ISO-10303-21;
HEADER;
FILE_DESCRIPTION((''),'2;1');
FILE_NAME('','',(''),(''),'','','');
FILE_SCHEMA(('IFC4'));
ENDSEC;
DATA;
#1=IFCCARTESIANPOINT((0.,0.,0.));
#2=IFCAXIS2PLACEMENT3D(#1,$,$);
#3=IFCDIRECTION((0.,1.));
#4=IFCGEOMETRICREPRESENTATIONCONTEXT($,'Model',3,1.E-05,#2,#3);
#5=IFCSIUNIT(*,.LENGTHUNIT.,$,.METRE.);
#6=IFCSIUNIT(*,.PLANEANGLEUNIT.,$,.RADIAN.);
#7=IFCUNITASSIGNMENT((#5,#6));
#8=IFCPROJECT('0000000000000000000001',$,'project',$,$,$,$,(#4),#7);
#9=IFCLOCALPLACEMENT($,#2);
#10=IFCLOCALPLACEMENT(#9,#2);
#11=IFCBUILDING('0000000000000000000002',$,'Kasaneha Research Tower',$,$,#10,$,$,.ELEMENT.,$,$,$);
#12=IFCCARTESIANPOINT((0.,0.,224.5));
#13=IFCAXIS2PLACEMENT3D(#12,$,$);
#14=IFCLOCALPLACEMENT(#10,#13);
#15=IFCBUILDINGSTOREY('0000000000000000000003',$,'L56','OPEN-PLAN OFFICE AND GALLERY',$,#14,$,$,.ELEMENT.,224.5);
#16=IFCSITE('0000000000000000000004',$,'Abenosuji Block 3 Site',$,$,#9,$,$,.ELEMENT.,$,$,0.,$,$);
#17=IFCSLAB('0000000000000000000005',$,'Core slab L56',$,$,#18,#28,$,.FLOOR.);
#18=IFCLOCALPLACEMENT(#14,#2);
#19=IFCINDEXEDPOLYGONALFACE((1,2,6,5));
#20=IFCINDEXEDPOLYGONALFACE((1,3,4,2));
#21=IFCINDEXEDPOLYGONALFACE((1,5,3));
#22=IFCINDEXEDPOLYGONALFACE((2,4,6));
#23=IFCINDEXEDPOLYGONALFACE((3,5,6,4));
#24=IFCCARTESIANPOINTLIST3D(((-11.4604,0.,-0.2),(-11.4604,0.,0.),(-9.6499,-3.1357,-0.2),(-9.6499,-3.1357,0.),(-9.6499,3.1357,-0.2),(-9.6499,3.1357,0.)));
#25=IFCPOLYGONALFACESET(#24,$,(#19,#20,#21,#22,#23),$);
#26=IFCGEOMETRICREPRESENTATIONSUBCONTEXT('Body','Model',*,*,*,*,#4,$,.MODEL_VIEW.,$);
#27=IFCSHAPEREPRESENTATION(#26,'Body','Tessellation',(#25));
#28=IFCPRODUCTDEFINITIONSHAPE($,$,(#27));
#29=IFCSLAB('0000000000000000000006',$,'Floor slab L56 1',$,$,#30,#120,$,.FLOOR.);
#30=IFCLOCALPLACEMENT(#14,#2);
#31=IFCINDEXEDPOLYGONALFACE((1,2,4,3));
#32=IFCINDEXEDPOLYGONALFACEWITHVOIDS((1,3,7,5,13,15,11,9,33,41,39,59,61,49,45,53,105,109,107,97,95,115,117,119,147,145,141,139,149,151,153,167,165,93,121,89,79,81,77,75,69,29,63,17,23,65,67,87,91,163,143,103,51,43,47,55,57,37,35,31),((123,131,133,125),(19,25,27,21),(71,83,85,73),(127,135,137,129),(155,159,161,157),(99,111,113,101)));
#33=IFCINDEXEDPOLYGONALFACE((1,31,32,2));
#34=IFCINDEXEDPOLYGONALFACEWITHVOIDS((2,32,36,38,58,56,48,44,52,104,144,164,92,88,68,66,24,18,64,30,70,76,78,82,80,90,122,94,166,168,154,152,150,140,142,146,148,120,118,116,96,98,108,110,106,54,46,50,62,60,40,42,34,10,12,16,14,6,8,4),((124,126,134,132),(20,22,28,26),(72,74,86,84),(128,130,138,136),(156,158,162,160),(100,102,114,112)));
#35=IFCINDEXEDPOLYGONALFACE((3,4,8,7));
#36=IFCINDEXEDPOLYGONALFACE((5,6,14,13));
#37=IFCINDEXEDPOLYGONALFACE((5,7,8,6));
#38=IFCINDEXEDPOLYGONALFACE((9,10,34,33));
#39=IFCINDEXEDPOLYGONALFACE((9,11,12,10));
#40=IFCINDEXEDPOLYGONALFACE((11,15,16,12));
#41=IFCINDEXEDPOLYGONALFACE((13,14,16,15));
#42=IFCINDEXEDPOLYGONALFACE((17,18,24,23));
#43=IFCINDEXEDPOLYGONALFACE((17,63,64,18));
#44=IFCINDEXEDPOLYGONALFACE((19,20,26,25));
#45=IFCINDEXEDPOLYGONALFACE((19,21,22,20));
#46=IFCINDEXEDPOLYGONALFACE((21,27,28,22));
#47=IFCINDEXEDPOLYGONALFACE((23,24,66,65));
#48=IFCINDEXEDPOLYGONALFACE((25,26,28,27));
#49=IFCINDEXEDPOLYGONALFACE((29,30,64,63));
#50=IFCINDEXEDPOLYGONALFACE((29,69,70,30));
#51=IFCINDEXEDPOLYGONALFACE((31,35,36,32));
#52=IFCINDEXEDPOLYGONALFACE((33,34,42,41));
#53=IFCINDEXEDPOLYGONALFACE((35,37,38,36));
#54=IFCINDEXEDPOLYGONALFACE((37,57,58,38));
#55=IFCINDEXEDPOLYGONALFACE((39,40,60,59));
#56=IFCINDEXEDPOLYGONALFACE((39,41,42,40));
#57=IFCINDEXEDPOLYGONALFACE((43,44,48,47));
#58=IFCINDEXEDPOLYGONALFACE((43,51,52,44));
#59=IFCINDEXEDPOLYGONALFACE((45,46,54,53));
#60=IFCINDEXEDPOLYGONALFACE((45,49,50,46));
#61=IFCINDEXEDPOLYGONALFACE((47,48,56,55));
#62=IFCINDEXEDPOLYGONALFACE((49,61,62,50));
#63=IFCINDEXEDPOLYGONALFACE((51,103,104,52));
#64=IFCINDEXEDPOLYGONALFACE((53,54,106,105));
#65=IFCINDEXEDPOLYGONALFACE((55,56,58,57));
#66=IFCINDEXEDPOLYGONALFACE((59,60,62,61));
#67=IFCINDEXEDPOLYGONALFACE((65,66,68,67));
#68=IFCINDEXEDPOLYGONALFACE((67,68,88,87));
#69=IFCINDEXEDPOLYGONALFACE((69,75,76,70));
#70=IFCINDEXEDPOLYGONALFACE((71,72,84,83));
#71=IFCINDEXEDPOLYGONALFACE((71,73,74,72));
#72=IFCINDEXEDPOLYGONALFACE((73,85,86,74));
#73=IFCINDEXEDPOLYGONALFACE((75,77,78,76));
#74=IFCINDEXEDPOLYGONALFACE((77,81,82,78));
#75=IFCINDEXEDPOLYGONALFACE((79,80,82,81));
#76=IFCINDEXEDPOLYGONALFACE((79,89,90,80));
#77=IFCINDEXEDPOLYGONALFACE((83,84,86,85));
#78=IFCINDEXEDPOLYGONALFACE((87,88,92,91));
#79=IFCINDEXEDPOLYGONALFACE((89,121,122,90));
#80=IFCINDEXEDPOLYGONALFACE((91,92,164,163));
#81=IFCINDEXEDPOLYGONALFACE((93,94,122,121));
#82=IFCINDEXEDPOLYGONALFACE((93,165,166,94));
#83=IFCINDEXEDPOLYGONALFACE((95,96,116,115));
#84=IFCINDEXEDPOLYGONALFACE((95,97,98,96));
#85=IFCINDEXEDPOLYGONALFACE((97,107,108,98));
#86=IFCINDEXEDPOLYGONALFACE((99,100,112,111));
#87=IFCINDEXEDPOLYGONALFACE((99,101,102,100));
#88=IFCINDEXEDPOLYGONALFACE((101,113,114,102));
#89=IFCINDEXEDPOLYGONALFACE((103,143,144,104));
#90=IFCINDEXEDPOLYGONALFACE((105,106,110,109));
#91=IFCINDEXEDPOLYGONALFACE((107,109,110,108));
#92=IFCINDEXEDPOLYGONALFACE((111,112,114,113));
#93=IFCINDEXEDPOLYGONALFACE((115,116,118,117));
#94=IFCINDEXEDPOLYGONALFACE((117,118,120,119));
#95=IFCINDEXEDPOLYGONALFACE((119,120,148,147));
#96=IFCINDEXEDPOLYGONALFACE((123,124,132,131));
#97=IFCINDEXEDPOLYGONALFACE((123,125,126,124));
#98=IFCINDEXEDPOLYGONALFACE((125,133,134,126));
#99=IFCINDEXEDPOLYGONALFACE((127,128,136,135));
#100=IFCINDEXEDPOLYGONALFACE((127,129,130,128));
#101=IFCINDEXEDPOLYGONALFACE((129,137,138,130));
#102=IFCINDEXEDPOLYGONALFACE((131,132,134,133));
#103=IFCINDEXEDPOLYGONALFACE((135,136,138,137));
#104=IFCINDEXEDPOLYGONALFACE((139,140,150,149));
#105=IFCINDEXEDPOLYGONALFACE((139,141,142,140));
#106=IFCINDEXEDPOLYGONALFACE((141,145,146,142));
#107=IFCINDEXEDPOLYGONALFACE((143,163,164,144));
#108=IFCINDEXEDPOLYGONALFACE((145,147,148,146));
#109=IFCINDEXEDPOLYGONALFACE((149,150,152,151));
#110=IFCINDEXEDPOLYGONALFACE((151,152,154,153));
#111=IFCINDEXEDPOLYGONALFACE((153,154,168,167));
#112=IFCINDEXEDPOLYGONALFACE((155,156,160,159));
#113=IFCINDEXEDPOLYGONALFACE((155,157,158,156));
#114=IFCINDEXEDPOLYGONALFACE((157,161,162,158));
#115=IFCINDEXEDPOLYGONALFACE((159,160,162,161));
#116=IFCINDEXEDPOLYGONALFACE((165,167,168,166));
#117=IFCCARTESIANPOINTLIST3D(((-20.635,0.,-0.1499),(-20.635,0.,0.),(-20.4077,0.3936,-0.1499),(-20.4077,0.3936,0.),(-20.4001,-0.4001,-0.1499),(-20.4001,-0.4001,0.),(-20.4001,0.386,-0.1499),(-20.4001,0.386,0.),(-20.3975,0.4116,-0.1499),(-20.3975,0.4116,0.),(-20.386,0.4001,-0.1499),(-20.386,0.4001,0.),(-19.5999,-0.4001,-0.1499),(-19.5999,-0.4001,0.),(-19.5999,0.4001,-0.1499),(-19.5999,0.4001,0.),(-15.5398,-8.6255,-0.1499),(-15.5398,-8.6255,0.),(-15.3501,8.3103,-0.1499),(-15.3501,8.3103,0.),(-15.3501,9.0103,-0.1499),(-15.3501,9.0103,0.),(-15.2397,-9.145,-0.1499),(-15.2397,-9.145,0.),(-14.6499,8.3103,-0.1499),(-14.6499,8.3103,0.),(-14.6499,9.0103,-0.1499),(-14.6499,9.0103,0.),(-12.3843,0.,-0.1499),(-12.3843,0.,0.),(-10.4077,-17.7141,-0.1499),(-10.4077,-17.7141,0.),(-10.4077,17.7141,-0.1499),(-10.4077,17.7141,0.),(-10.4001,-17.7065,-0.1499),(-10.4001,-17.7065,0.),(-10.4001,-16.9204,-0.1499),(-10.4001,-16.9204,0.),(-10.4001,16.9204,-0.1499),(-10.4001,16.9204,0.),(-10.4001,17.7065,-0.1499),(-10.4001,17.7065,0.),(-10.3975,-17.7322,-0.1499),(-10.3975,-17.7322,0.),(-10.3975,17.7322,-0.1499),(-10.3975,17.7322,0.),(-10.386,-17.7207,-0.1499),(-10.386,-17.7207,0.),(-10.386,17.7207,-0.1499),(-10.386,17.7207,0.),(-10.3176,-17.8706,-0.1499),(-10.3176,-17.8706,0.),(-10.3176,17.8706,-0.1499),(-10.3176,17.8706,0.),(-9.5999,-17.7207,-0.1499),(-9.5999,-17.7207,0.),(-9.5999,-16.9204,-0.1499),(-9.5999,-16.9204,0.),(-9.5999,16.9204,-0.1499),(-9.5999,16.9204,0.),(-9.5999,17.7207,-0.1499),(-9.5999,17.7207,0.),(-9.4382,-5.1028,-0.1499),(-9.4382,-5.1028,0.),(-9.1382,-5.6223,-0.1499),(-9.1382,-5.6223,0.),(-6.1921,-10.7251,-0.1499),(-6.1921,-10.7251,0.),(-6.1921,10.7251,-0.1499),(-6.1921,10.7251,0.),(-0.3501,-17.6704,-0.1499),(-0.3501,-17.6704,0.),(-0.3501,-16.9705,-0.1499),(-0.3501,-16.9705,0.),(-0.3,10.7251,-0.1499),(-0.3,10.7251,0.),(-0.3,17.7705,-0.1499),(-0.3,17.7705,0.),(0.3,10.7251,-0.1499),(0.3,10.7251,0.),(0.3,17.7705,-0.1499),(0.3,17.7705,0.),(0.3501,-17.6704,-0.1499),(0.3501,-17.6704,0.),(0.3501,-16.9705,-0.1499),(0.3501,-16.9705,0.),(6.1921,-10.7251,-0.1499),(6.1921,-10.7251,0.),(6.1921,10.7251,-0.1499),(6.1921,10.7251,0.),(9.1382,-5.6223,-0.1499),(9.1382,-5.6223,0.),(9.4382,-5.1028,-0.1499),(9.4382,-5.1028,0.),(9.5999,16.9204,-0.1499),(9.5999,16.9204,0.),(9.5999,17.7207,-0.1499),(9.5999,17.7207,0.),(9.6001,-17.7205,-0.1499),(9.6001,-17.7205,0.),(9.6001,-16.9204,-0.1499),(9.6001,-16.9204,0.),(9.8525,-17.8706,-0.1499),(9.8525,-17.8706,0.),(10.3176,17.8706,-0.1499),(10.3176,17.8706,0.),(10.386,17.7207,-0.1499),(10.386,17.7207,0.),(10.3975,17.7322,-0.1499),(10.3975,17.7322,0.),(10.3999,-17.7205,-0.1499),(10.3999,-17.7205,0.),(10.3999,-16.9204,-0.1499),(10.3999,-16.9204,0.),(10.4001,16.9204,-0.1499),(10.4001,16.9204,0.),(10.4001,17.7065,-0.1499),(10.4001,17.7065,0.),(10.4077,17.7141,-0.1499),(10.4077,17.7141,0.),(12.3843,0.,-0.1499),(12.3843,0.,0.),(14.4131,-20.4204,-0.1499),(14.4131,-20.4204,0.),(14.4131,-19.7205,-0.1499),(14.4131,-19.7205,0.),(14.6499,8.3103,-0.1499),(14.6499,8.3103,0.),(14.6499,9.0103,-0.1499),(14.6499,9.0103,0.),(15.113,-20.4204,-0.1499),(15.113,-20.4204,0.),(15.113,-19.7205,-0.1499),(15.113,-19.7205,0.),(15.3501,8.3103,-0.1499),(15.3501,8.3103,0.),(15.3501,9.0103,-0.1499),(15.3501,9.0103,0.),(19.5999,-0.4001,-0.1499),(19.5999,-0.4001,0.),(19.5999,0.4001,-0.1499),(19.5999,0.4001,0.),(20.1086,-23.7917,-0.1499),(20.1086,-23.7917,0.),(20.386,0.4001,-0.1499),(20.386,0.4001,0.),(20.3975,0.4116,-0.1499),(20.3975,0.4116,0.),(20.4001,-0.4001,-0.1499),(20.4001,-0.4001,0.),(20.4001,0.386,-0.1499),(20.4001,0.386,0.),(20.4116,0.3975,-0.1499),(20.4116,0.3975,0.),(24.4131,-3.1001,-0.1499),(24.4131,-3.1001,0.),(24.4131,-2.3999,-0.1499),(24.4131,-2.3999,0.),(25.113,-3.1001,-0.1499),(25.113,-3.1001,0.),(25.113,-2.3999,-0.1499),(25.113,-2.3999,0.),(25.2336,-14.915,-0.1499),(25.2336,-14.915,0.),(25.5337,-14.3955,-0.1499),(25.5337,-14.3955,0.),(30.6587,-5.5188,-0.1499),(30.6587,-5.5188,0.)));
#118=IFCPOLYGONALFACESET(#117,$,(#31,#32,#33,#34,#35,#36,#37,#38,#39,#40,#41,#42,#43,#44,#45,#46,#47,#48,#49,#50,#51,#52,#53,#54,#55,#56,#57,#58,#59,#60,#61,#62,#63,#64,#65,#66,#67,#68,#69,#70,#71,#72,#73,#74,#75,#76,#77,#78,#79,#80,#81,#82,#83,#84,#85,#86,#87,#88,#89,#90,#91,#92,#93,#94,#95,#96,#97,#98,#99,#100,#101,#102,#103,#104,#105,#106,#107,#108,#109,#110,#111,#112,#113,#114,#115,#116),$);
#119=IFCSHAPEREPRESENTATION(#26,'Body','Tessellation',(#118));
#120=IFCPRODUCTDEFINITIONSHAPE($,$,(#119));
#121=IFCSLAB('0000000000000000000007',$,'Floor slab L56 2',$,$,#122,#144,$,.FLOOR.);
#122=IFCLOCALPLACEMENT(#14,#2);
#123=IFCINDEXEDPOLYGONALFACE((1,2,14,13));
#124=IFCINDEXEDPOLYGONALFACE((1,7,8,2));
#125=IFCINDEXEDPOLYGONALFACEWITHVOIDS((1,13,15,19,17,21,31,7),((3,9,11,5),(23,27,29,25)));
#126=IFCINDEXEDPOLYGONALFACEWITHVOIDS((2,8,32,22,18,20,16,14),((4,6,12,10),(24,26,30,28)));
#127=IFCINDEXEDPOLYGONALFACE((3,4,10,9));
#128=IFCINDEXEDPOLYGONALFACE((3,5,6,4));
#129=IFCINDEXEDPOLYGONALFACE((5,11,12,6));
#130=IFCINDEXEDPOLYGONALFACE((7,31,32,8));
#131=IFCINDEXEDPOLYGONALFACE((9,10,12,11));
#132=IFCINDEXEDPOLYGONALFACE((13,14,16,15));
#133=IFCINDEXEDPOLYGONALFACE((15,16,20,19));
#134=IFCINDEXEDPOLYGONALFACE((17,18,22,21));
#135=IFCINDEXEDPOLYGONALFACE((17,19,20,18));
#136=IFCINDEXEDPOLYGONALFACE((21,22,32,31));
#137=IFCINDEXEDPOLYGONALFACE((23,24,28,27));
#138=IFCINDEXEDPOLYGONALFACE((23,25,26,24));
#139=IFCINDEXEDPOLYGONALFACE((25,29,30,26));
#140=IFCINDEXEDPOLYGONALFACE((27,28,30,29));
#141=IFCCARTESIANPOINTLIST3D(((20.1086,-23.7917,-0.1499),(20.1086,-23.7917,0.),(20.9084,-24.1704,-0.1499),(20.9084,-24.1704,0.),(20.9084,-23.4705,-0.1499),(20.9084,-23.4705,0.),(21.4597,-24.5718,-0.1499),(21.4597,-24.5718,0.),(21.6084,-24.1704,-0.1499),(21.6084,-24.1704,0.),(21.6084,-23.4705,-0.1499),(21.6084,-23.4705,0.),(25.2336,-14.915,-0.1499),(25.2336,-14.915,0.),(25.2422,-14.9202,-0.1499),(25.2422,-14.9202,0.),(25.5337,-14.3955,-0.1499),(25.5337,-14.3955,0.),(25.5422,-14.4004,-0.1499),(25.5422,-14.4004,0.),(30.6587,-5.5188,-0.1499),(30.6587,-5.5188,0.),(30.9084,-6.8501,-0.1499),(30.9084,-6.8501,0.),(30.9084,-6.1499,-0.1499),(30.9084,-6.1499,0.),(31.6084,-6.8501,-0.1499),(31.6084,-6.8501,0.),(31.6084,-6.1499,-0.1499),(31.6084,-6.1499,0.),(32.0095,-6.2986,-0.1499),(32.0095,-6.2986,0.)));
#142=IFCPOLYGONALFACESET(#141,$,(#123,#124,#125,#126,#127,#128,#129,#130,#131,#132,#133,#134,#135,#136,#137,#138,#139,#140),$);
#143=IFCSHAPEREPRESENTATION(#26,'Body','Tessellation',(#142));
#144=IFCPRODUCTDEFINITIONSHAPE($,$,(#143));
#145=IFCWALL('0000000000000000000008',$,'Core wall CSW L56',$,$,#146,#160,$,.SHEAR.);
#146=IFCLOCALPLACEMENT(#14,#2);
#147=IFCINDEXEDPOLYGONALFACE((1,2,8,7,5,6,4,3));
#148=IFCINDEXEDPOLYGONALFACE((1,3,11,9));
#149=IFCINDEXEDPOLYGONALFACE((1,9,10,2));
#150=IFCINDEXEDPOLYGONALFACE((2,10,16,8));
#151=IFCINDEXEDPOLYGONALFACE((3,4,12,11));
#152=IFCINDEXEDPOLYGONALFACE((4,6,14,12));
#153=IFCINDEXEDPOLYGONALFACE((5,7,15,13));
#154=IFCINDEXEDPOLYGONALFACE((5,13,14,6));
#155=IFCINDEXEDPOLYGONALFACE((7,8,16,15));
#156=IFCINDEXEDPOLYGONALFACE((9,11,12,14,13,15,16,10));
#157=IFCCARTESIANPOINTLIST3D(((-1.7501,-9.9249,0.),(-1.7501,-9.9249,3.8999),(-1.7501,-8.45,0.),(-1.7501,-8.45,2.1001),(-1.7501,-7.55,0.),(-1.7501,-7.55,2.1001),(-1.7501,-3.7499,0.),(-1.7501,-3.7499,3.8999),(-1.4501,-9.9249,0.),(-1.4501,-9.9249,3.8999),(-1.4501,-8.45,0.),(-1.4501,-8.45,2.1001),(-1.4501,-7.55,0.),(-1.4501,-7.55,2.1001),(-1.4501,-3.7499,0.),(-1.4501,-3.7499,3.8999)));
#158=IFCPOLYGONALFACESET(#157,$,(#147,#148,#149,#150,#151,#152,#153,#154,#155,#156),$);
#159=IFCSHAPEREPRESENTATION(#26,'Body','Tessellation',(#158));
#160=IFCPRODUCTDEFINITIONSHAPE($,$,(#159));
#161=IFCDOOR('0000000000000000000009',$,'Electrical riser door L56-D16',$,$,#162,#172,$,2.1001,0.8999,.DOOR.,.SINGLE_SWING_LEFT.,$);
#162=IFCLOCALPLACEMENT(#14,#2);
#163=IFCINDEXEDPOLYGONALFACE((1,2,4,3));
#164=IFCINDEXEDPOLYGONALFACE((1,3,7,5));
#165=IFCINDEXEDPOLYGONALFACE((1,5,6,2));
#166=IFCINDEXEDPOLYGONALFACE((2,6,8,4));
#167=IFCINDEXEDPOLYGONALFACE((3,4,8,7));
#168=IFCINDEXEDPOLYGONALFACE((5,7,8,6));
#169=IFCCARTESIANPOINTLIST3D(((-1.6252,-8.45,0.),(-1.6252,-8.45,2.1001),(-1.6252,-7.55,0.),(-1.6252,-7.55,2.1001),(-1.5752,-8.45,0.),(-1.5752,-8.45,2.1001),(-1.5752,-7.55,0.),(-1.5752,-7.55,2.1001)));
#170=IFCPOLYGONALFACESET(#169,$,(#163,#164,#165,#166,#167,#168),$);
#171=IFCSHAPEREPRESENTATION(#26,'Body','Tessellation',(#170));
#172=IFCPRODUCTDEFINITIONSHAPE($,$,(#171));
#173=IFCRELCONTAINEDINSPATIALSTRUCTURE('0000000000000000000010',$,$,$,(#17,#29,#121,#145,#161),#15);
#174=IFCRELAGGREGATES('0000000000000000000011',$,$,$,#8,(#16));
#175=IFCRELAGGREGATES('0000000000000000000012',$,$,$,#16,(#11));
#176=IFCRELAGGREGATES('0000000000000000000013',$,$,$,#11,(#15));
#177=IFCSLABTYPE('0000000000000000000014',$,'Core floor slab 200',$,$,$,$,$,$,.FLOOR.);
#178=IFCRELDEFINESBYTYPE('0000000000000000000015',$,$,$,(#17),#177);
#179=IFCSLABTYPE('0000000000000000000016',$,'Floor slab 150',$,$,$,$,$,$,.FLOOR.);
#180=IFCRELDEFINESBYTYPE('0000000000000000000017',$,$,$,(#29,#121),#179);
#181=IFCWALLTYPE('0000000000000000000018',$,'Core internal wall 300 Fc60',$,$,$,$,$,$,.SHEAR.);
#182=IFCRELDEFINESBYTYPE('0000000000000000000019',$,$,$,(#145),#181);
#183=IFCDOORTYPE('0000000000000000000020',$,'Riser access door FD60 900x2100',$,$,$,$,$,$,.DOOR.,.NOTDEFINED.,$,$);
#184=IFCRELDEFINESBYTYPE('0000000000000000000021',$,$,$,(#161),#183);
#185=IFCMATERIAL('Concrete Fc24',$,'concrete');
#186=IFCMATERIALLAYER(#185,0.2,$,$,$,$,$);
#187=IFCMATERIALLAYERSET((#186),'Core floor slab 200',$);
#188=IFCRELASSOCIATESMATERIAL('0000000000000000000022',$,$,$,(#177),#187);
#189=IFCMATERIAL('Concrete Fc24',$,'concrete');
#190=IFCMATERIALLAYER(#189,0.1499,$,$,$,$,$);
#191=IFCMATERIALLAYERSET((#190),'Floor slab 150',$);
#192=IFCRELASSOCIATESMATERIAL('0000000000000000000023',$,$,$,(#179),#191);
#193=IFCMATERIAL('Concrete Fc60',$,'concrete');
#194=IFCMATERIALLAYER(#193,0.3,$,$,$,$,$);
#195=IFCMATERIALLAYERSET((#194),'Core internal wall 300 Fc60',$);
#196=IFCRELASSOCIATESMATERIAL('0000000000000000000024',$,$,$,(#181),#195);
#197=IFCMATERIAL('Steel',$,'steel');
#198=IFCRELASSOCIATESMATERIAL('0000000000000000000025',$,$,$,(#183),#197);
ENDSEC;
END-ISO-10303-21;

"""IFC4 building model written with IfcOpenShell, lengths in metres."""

from ifc_helpers import new_model, si_unit, direction, frame, frame_2d, origin, place, context, subcontext, project, spatial, polyline, rectangle, outline, extrude, material, layer, layer_set, type_object, element, fill, save


model = new_model("IFC4")

# Units and contexts
model_context = context("Model", 3, precision=1e-05, world=origin(), true_north=direction((0.0, 1.0)))
body_context = subcontext(model_context, "Body", "Model", "MODEL_VIEW")
ifc_project = project(units=[si_unit("LENGTHUNIT", "METRE"), si_unit("PLANEANGLEUNIT", "RADIAN")], contexts=[model_context])

# Site, building, storey
site_placement = place(None, origin())
site = spatial("IfcSite", under=ifc_project, at=site_placement, Name="Abenosuji Block 3 Site", CompositionType="ELEMENT", RefElevation=0.0)
building_placement = place(site_placement, origin())
building = spatial("IfcBuilding", under=site, at=building_placement, Name="Kasaneha Research Tower", CompositionType="ELEMENT")
storey_placement = place(building_placement, frame((0.0, 0.0, 224.5)))
storey = spatial("IfcBuildingStorey", under=building, at=storey_placement, Name="L56", Description="OPEN-PLAN OFFICE AND GALLERY", CompositionType="ELEMENT", Elevation=224.5)

# Slabs
ifc_material_1 = material(Name="Concrete Fc24", Category="concrete")
ifc_layer_1 = layer(ifc_material_1, 0.2)
ifc_layer_set_1 = layer_set([ifc_layer_1], Name="Core floor slab 200")
slab_type_1 = type_object("IfcSlabType", Name="Core floor slab 200", PredefinedType="FLOOR", material=ifc_layer_set_1)
slab_1_placement = place(storey_placement, frame((0.0, 0.0, -0.2)))
element("IfcSlab", 1, at=slab_1_placement, inside=storey, type_object=slab_type_1, Name="Core slab L56", PredefinedType="FLOOR", context=body_context, shape_type="SweptSolid", body=[
    extrude(outline(polyline([(-11.4604, 0.0), (-9.6499, 3.1357), (-9.6499, -3.1357), (-11.4604, 0.0)])), origin(), (0.0, 0.0, 1.0), 0.2),
])
ifc_material_2 = material(Name="Concrete Fc24", Category="concrete")
ifc_layer_2 = layer(ifc_material_2, 0.1499)
ifc_layer_set_2 = layer_set([ifc_layer_2], Name="Floor slab 150")
slab_type_2 = type_object("IfcSlabType", Name="Floor slab 150", PredefinedType="FLOOR", material=ifc_layer_set_2)
slab_2_placement = place(storey_placement, frame((0.0, 0.0, -0.1499)))
element("IfcSlab", 2, at=slab_2_placement, inside=storey, type_object=slab_type_2, Name="Floor slab L56 1", PredefinedType="FLOOR", context=body_context, shape_type="SweptSolid", body=[
    extrude(outline(polyline([(-10.3176, -17.8706), (-10.3975, -17.7322), (-10.386, -17.7207), (-9.5999, -17.7207), (-9.5999, -16.9204), (-10.4001, -16.9204), (-10.4001, -17.7065), (-10.4077, -17.7141), (-20.635, 0.0), (-20.4077, 0.3936), (-20.4001, 0.386), (-20.4001, -0.4001), (-19.5999, -0.4001), (-19.5999, 0.4001), (-20.386, 0.4001), (-20.3975, 0.4116), (-10.4077, 17.7141), (-10.4001, 17.7065), (-10.4001, 16.9204), (-9.5999, 16.9204), (-9.5999, 17.7207), (-10.386, 17.7207), (-10.3975, 17.7322), (-10.3176, 17.8706), (10.3176, 17.8706), (10.3975, 17.7322), (10.386, 17.7207), (9.5999, 17.7207), (9.5999, 16.9204), (10.4001, 16.9204), (10.4001, 17.7065), (10.4077, 17.7141), (20.3975, 0.4116), (20.386, 0.4001), (19.5999, 0.4001), (19.5999, -0.4001), (20.4001, -0.4001), (20.4001, 0.386), (20.4116, 0.3975), (30.6587, -5.5188), (25.5337, -14.3955), (9.4382, -5.1028), (12.3843, 0.0), (6.1921, 10.7251), (0.3, 10.7251), (0.3, 17.7705), (-0.3, 17.7705), (-0.3, 10.7251), (-6.1921, 10.7251), (-12.3843, 0.0), (-9.4382, -5.1028), (-15.5398, -8.6255), (-15.2397, -9.145), (-9.1382, -5.6223), (-6.1921, -10.7251), (6.1921, -10.7251), (9.1382, -5.6223), (25.2336, -14.915), (20.1086, -23.7917), (9.8525, -17.8706), (-10.3176, -17.8706)]), holes=[polyline([(-0.3501, -17.6704), (0.3501, -17.6704), (0.3501, -16.9705), (-0.3501, -16.9705), (-0.3501, -17.6704)]), polyline([(-15.3501, 8.3103), (-14.6499, 8.3103), (-14.6499, 9.0103), (-15.3501, 9.0103), (-15.3501, 8.3103)]), polyline([(14.4131, -20.4204), (15.113, -20.4204), (15.113, -19.7205), (14.4131, -19.7205), (14.4131, -20.4204)]), polyline([(9.6001, -17.7205), (10.3999, -17.7205), (10.3999, -16.9204), (9.6001, -16.9204), (9.6001, -17.7205)]), polyline([(24.4131, -3.1001), (25.113, -3.1001), (25.113, -2.3999), (24.4131, -2.3999), (24.4131, -3.1001)]), polyline([(14.6499, 9.0103), (14.6499, 8.3103), (15.3501, 8.3103), (15.3501, 9.0103), (14.6499, 9.0103)])]), origin(), (0.0, 0.0, 1.0), 0.1499),
])
slab_3_placement = place(storey_placement, frame((0.0, 0.0, -0.1499)))
element("IfcSlab", 3, at=slab_3_placement, inside=storey, type_object=slab_type_2, Name="Floor slab L56 2", PredefinedType="FLOOR", context=body_context, shape_type="SweptSolid", body=[
    extrude(outline(polyline([(32.0095, -6.2986), (21.4597, -24.5718), (20.1086, -23.7917), (25.2336, -14.915), (25.2422, -14.9202), (25.5422, -14.4004), (25.5337, -14.3955), (30.6587, -5.5188), (32.0095, -6.2986)]), holes=[polyline([(20.9084, -24.1704), (21.6084, -24.1704), (21.6084, -23.4705), (20.9084, -23.4705), (20.9084, -24.1704)]), polyline([(30.9084, -6.8501), (31.6084, -6.8501), (31.6084, -6.1499), (30.9084, -6.1499), (30.9084, -6.8501)])]), origin(), (0.0, 0.0, 1.0), 0.1499),
])

# Shared definitions
ifc_material_3 = material(Name="Concrete Fc60", Category="concrete")
ifc_layer_3 = layer(ifc_material_3, 0.3)
ifc_layer_set_3 = layer_set([ifc_layer_3], Name="Core internal wall 300 Fc60")
wall_type_1 = type_object("IfcWallType", Name="Core internal wall 300 Fc60", PredefinedType="SHEAR", material=ifc_layer_set_3)

# Wall, opening, door
wall_1_placement = place(storey_placement, frame((-1.6001, -3.75, 0.0), z_axis=(0.0, 0.0, 1.0), x_axis=(0.0, -1.0, 0.0)))
wall_1 = element("IfcWall", 4, at=wall_1_placement, inside=storey, type_object=wall_type_1, Name="Core wall CSW L56", PredefinedType="SHEAR", context=body_context, shape_type="SweptSolid", body=[
    extrude(rectangle(XDim=6.175, YDim=0.3, at=frame_2d((3.0874, 0.0))), origin(), (0.0, 0.0, 1.0), 3.8999),
])
opening_1_placement = place(wall_1_placement, frame((3.8, 0.0, 0.0)))
opening_1 = element("IfcOpeningElement", 5, at=opening_1_placement, cuts=wall_1, PredefinedType="OPENING", context=body_context, shape_type="SweptSolid", body=[
    extrude(rectangle(XDim=0.8999, YDim=2.1001, at=frame_2d((0.45, 1.05))), frame((0.0, 0.1602, 0.0), z_axis=(0.0, -1.0, 0.0), x_axis=(1.0, 0.0, 0.0)), (0.0, 0.0, 1.0), 0.3201),
])
ifc_material_4 = material(Name="Steel", Category="steel")
door_type_1 = type_object("IfcDoorType", Name="Riser access door FD60 900x2100", OperationType="NOTDEFINED", PredefinedType="DOOR", material=ifc_material_4)
door_1_placement = place(opening_1_placement, origin())
door_1 = element("IfcDoor", 6, at=door_1_placement, inside=storey, type_object=door_type_1, Name="Electrical riser door L56-D16", OperationType="SINGLE_SWING_LEFT", OverallHeight=2.1001, OverallWidth=0.8999, PredefinedType="DOOR", context=body_context, shape_type="SweptSolid", body=[
    extrude(rectangle(XDim=0.8999, YDim=2.1001, at=frame_2d((0.45, 1.05))), frame((0.0, 0.0249, 0.0), z_axis=(0.0, -1.0, 0.0), x_axis=(1.0, 0.0, 0.0)), (0.0, 0.0, 1.0), 0.05),
])
fill(opening_1, door_1)

save(model, "model.ifc")
